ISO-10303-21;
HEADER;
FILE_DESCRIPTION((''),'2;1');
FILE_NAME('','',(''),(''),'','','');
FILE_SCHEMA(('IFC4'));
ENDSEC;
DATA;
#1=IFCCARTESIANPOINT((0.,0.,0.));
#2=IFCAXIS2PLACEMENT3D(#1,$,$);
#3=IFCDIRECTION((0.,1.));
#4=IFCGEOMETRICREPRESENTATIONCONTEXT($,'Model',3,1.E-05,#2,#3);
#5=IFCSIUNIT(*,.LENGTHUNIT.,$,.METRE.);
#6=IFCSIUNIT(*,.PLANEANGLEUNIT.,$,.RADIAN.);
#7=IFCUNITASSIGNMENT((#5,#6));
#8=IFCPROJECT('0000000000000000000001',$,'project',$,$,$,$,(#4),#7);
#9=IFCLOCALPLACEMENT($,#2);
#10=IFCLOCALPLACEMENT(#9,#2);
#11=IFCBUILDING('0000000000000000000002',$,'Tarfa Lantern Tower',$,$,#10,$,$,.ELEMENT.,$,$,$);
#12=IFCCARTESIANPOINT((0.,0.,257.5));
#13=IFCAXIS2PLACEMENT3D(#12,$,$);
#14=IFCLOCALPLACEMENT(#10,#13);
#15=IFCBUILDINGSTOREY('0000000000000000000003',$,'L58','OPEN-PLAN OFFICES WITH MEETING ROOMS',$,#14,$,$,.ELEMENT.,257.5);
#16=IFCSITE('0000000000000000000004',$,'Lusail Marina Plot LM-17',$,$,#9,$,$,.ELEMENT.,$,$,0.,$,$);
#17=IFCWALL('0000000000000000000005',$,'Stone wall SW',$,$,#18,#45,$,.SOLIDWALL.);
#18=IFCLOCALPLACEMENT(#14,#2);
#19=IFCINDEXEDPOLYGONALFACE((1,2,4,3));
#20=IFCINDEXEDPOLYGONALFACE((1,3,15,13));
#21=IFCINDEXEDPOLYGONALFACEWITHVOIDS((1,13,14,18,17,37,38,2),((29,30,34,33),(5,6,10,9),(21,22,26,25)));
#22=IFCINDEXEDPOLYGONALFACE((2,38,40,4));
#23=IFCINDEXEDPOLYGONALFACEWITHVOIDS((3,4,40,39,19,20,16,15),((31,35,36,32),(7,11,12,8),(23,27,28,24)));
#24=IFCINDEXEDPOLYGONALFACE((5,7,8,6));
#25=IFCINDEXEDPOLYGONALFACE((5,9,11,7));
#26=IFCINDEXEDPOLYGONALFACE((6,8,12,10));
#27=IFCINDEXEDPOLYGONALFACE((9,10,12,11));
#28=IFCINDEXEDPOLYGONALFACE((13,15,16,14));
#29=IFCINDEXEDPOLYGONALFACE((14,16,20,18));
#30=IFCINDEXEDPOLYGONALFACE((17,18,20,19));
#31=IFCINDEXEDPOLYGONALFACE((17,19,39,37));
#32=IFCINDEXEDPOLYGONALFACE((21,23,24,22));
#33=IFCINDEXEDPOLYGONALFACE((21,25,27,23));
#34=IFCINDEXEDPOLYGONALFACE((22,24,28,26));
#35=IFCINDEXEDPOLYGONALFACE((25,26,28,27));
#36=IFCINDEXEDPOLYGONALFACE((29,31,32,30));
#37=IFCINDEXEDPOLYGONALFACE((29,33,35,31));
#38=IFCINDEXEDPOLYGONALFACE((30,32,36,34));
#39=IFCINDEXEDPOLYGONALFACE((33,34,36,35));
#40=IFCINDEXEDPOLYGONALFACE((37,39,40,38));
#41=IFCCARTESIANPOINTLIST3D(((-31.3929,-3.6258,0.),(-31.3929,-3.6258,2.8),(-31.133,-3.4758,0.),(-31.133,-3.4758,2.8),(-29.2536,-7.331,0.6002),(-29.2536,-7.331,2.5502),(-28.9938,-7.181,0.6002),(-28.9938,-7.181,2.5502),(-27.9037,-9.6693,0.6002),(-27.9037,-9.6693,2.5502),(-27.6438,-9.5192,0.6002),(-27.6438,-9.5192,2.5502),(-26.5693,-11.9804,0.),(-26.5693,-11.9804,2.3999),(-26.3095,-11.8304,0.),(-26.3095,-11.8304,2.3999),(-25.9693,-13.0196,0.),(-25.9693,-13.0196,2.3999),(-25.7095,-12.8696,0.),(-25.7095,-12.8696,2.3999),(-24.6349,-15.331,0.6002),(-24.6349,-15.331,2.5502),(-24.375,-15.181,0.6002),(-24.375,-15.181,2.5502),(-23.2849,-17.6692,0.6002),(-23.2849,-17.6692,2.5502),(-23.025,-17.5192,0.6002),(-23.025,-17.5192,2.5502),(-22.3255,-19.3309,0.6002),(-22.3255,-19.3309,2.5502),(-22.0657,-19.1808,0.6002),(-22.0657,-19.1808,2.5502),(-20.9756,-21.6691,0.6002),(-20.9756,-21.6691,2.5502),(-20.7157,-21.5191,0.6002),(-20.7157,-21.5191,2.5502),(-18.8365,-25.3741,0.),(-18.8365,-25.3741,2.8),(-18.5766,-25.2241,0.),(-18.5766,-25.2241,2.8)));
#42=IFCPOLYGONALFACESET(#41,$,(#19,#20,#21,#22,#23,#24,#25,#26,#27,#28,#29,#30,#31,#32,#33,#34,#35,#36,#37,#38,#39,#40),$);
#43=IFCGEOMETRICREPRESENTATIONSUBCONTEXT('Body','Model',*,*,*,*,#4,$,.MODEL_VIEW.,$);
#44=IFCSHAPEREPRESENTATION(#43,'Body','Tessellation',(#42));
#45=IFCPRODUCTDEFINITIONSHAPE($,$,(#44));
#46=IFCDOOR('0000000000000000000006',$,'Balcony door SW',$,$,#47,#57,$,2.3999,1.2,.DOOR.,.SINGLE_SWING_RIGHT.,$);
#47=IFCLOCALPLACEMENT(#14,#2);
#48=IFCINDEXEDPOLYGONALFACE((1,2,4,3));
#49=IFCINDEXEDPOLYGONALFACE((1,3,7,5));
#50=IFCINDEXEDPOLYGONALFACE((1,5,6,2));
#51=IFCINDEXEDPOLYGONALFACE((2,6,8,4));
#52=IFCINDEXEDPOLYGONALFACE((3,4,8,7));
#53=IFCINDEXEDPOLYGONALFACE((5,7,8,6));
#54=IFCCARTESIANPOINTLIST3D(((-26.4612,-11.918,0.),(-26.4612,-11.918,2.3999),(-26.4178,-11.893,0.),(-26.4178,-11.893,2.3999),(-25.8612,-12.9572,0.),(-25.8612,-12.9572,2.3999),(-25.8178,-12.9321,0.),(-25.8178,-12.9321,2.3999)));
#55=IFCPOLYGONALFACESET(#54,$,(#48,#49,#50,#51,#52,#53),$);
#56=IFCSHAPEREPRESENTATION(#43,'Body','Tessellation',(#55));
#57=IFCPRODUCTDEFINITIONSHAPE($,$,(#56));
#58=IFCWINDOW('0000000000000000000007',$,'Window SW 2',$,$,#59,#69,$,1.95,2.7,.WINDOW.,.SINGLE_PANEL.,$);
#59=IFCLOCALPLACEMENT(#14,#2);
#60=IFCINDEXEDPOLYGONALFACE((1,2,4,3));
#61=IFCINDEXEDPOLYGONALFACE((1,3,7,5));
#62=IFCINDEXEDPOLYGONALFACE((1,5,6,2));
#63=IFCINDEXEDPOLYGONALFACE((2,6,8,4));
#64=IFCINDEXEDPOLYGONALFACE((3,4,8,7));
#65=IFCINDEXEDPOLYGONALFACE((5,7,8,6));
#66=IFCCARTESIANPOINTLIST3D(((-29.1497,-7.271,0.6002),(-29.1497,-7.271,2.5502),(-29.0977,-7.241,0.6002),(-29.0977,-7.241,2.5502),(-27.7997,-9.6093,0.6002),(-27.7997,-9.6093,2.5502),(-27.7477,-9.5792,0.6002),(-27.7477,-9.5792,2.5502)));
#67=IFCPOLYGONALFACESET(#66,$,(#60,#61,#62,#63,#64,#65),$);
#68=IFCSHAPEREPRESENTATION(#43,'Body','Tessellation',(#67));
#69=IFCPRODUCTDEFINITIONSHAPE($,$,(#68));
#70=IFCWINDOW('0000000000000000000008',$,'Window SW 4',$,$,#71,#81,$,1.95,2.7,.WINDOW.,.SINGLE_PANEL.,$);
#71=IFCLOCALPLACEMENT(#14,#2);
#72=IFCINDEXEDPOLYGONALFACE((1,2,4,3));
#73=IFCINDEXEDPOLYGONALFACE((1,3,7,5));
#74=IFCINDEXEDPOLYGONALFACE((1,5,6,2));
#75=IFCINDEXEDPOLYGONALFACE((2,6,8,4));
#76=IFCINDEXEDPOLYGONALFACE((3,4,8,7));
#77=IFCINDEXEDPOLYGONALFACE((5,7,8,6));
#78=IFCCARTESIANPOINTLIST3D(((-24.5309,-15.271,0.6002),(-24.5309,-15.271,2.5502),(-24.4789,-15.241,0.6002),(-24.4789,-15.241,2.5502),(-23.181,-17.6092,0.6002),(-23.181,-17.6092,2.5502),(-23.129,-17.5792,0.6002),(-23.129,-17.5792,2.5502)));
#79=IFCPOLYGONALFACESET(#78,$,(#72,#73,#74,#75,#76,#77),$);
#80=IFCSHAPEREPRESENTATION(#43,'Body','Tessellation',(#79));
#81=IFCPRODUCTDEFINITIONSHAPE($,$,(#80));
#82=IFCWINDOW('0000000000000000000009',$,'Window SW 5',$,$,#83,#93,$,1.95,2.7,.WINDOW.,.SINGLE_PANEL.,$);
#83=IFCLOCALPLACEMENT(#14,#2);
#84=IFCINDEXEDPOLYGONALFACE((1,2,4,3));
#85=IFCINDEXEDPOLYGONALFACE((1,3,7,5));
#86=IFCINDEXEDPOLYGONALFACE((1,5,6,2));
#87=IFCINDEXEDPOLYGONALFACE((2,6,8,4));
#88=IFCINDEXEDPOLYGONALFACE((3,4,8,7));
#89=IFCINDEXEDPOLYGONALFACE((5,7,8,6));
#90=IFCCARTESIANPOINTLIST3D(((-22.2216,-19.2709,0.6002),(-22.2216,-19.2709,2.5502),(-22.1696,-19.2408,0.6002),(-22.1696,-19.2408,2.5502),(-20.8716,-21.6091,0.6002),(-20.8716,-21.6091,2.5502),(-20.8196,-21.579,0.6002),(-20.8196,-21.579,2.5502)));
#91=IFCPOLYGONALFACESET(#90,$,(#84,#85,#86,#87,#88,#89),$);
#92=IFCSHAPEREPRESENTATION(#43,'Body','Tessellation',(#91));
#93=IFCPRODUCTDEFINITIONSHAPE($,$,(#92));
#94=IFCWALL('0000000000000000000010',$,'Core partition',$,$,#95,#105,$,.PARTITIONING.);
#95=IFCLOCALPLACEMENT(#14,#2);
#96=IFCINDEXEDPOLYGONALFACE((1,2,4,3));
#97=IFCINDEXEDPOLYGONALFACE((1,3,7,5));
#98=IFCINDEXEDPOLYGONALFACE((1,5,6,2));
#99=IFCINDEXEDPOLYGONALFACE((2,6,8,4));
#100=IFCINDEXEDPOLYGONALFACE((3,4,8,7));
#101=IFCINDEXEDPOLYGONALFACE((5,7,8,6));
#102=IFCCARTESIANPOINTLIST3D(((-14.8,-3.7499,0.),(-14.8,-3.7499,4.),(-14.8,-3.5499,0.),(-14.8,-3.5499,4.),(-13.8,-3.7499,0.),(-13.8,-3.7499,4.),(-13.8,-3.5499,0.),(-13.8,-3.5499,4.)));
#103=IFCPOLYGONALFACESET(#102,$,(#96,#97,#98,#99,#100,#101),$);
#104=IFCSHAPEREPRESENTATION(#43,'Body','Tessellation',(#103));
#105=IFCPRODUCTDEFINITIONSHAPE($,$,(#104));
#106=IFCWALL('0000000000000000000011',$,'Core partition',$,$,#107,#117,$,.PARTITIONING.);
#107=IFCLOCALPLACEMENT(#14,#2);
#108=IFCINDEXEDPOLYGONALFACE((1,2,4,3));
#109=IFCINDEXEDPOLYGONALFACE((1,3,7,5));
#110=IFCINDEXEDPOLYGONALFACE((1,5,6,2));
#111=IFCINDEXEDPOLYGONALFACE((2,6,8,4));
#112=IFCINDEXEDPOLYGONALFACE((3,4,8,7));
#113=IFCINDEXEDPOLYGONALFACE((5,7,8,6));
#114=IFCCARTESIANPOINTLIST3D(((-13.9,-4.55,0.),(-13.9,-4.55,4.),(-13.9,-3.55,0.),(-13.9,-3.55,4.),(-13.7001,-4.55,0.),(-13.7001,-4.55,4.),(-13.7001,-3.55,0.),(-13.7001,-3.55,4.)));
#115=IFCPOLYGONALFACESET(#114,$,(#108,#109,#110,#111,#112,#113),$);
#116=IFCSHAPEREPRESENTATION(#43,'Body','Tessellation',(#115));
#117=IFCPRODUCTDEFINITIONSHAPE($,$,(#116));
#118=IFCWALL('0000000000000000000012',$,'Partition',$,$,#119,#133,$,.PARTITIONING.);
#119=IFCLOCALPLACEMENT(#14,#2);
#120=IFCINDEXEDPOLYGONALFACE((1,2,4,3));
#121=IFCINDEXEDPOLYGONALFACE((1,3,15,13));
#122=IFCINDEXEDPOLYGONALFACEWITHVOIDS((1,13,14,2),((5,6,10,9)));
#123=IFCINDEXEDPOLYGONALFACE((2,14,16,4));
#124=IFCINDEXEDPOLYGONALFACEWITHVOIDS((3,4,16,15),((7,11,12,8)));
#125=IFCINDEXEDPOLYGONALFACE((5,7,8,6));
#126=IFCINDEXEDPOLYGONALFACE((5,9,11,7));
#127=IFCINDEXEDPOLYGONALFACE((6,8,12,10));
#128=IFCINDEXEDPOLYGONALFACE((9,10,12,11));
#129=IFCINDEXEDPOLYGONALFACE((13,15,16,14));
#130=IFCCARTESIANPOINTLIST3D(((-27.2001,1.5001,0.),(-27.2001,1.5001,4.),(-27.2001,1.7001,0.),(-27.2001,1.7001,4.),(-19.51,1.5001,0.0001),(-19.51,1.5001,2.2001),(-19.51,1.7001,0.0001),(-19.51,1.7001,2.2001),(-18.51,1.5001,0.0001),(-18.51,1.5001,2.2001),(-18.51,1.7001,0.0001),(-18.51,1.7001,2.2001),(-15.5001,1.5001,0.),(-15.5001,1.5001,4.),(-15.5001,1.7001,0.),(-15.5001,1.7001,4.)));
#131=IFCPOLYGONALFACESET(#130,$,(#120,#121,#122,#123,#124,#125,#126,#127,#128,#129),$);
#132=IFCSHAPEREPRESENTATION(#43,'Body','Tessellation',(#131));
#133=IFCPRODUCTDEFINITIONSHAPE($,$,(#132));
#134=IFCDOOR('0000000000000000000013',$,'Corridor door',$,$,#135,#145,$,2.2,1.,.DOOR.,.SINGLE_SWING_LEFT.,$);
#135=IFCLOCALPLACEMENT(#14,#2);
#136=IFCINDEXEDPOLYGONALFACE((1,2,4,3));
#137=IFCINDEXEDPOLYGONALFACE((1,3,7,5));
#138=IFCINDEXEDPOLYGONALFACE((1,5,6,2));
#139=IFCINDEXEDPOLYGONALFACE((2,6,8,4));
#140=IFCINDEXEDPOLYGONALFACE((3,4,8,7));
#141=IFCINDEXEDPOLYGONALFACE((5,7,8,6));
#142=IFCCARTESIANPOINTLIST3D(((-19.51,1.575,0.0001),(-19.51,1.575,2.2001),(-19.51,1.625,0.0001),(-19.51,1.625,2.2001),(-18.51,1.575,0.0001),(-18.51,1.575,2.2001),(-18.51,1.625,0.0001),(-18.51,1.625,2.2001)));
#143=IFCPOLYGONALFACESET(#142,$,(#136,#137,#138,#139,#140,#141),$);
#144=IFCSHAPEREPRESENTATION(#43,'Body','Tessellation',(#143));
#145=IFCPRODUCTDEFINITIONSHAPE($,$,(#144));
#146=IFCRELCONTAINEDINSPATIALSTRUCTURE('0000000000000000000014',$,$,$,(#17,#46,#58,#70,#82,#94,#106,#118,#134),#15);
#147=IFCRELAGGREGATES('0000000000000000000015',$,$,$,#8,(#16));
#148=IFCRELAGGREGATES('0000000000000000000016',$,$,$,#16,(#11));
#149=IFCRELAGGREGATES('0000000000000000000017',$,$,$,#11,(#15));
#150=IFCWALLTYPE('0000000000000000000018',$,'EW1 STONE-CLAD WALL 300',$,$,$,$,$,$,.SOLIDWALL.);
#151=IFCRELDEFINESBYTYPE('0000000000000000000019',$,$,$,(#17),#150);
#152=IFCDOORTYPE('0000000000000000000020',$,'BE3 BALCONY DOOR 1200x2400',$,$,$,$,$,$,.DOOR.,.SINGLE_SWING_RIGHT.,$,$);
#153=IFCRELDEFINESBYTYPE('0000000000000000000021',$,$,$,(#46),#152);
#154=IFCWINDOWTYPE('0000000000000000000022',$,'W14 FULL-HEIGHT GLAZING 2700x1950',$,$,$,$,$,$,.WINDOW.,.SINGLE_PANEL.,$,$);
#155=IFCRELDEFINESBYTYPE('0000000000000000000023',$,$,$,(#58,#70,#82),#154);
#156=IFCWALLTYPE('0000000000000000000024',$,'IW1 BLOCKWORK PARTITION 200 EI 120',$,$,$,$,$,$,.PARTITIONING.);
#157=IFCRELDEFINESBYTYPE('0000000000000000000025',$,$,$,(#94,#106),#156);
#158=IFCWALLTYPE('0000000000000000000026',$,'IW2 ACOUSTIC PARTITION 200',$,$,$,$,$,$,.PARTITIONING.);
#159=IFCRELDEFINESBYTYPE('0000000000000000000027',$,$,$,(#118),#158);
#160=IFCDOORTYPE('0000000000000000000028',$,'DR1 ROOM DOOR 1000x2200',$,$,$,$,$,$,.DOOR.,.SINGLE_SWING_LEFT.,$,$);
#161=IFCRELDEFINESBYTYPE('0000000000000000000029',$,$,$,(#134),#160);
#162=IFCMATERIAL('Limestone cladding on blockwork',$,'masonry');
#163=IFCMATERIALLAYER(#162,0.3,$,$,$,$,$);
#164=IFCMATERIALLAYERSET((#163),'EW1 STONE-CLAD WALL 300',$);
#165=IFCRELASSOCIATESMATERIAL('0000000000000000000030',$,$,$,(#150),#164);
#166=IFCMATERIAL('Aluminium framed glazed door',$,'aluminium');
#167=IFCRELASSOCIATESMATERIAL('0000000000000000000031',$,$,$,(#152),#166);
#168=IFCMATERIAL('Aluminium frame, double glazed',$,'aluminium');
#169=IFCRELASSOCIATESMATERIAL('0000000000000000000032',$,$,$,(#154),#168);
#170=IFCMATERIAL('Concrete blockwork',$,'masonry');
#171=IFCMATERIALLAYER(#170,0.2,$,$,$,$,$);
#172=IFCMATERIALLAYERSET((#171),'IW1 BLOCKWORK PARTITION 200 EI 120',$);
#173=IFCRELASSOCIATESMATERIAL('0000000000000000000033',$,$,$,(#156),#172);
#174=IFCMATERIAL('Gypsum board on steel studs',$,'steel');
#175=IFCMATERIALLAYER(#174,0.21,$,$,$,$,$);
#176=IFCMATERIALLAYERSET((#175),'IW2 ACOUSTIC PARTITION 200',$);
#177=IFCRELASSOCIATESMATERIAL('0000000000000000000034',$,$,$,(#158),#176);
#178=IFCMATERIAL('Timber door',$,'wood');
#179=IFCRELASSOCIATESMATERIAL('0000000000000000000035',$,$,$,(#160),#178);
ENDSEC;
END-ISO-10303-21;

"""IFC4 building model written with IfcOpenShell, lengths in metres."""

from ifc_helpers import new_model, si_unit, direction, frame, frame_2d, origin, place, context, subcontext, project, spatial, rectangle, extrude, material, layer, layer_set, type_object, element, fill, save


model = new_model("IFC4")

# Units and contexts
model_context = context("Model", 3, precision=1e-05, world=origin(), true_north=direction((0.0, 1.0)))
body_context = subcontext(model_context, "Body", "Model", "MODEL_VIEW")
ifc_project = project(units=[si_unit("LENGTHUNIT", "METRE"), si_unit("PLANEANGLEUNIT", "RADIAN")], contexts=[model_context])

# Site, building, storey
site_placement = place(None, origin())
site = spatial("IfcSite", under=ifc_project, at=site_placement, Name="Lusail Marina Plot LM-17", CompositionType="ELEMENT", RefElevation=0.0)
building_placement = place(site_placement, origin())
building = spatial("IfcBuilding", under=site, at=building_placement, Name="Tarfa Lantern Tower", CompositionType="ELEMENT")
storey_placement = place(building_placement, frame((0.0, 0.0, 257.5)))
storey = spatial("IfcBuildingStorey", under=building, at=storey_placement, Name="L58", Description="OPEN-PLAN OFFICES WITH MEETING ROOMS", CompositionType="ELEMENT", Elevation=257.5)

# Wall, openings, door, windows
ifc_material_1 = material(Name="Limestone cladding on blockwork", Category="masonry")
ifc_layer_1 = layer(ifc_material_1, 0.3)
ifc_layer_set_1 = layer_set([ifc_layer_1], Name="EW1 STONE-CLAD WALL 300")
wall_type_1 = type_object("IfcWallType", Name="EW1 STONE-CLAD WALL 300", PredefinedType="SOLIDWALL", material=ifc_layer_set_1)
wall_1_placement = place(storey_placement, frame((-31.2629, -3.5508, 0.0), z_axis=(0.0, 0.0, 1.0), x_axis=(0.5, -0.866025, 0.0)))
wall_1 = element("IfcWall", 1, at=wall_1_placement, inside=storey, type_object=wall_type_1, Name="Stone wall SW", PredefinedType="SOLIDWALL", context=body_context, shape_type="SweptSolid", body=[
    extrude(rectangle(XDim=25.1128, YDim=0.3, at=frame_2d((12.5564, 0.0))), origin(), (0.0, 0.0, 1.0), 2.8),
])
opening_1_placement = place(wall_1_placement, frame((4.2783, 0.0, 0.6001)))
opening_1 = element("IfcOpeningElement", 2, at=opening_1_placement, cuts=wall_1, PredefinedType="OPENING", context=body_context, shape_type="SweptSolid", body=[
    extrude(rectangle(XDim=2.7, YDim=1.95, at=frame_2d((1.3501, 0.9751))), frame((0.0, 0.1599, 0.0), z_axis=(0.0, -1.0, 0.0), x_axis=(1.0, 0.0, 0.0)), (0.0, 0.0, 1.0), 0.3201),
])
opening_2_placement = place(wall_1_placement, frame((9.647, 0.0, 0.0)))
opening_2 = element("IfcOpeningElement", 3, at=opening_2_placement, cuts=wall_1, PredefinedType="OPENING", context=body_context, shape_type="SweptSolid", body=[
    extrude(rectangle(XDim=1.2, YDim=2.3999, at=frame_2d((0.6001, 1.2))), frame((0.0, 0.1599, 0.0), z_axis=(0.0, -1.0, 0.0), x_axis=(1.0, 0.0, 0.0)), (0.0, 0.0, 1.0), 0.3201),
])
opening_3_placement = place(wall_1_placement, frame((13.5159, 0.0, 0.6001)))
opening_3 = element("IfcOpeningElement", 4, at=opening_3_placement, cuts=wall_1, PredefinedType="OPENING", context=body_context, shape_type="SweptSolid", body=[
    extrude(rectangle(XDim=2.7, YDim=1.95, at=frame_2d((1.3501, 0.9751))), frame((0.0, 0.1599, 0.0), z_axis=(0.0, -1.0, 0.0), x_axis=(1.0, 0.0, 0.0)), (0.0, 0.0, 1.0), 0.3201),
])
opening_4_placement = place(wall_1_placement, frame((18.1345, 0.0, 0.6001)))
opening_4 = element("IfcOpeningElement", 5, at=opening_4_placement, cuts=wall_1, PredefinedType="OPENING", context=body_context, shape_type="SweptSolid", body=[
    extrude(rectangle(XDim=2.7, YDim=1.95, at=frame_2d((1.3501, 0.9751))), frame((0.0, 0.1599, 0.0), z_axis=(0.0, -1.0, 0.0), x_axis=(1.0, 0.0, 0.0)), (0.0, 0.0, 1.0), 0.3201),
])
ifc_material_2 = material(Name="Aluminium framed glazed door", Category="aluminium")
door_type_1 = type_object("IfcDoorType", Name="BE3 BALCONY DOOR 1200x2400", OperationType="SINGLE_SWING_RIGHT", PredefinedType="DOOR", material=ifc_material_2)
door_1_placement = place(opening_2_placement, origin())
door_1 = element("IfcDoor", 6, at=door_1_placement, inside=storey, type_object=door_type_1, Name="Balcony door SW", OperationType="SINGLE_SWING_RIGHT", OverallHeight=2.3999, OverallWidth=1.2, PredefinedType="DOOR", context=body_context, shape_type="SweptSolid", body=[
    extrude(rectangle(XDim=1.2, YDim=2.3999, at=frame_2d((0.6001, 1.2))), frame((0.0, 0.0249, 0.0), z_axis=(0.0, -1.0, 0.0), x_axis=(1.0, 0.0, 0.0)), (0.0, 0.0, 1.0), 0.05),
])
fill(opening_2, door_1)
ifc_material_3 = material(Name="Aluminium frame, double glazed", Category="aluminium")
window_type = type_object("IfcWindowType", Name="W14 FULL-HEIGHT GLAZING 2700x1950", PartitioningType="SINGLE_PANEL", PredefinedType="WINDOW", material=ifc_material_3)
window_1_placement = place(opening_1_placement, origin())
window_1 = element("IfcWindow", 7, at=window_1_placement, inside=storey, type_object=window_type, Name="Window SW 2", OverallHeight=1.95, OverallWidth=2.7, PartitioningType="SINGLE_PANEL", PredefinedType="WINDOW", context=body_context, shape_type="SweptSolid", body=[
    extrude(rectangle(XDim=2.7, YDim=1.95, at=frame_2d((1.3501, 0.9751))), frame((0.0, 0.03, 0.0), z_axis=(0.0, -1.0, 0.0), x_axis=(1.0, 0.0, 0.0)), (0.0, 0.0, 1.0), 0.0601),
])
fill(opening_1, window_1)
window_2_placement = place(opening_3_placement, origin())
window_2 = element("IfcWindow", 8, at=window_2_placement, inside=storey, type_object=window_type, Name="Window SW 4", OverallHeight=1.95, OverallWidth=2.7, PartitioningType="SINGLE_PANEL", PredefinedType="WINDOW", context=body_context, shape_type="SweptSolid", body=[
    extrude(rectangle(XDim=2.7, YDim=1.95, at=frame_2d((1.3501, 0.9751))), frame((0.0, 0.03, 0.0), z_axis=(0.0, -1.0, 0.0), x_axis=(1.0, 0.0, 0.0)), (0.0, 0.0, 1.0), 0.0601),
])
fill(opening_3, window_2)
window_3_placement = place(opening_4_placement, origin())
window_3 = element("IfcWindow", 9, at=window_3_placement, inside=storey, type_object=window_type, Name="Window SW 5", OverallHeight=1.95, OverallWidth=2.7, PartitioningType="SINGLE_PANEL", PredefinedType="WINDOW", context=body_context, shape_type="SweptSolid", body=[
    extrude(rectangle(XDim=2.7, YDim=1.95, at=frame_2d((1.3501, 0.9751))), frame((0.0, 0.03, 0.0), z_axis=(0.0, -1.0, 0.0), x_axis=(1.0, 0.0, 0.0)), (0.0, 0.0, 1.0), 0.0601),
])
fill(opening_4, window_3)

# Walls
ifc_material_4 = material(Name="Concrete blockwork", Category="masonry")
ifc_layer_2 = layer(ifc_material_4, 0.2)
ifc_layer_set_2 = layer_set([ifc_layer_2], Name="IW1 BLOCKWORK PARTITION 200 EI 120")
wall_type_2 = type_object("IfcWallType", Name="IW1 BLOCKWORK PARTITION 200 EI 120", PredefinedType="PARTITIONING", material=ifc_layer_set_2)
for number, where, z_axis, x_axis, name in (
    (10, (-13.8, -3.6499, 0.0), (0.0, 0.0, 1.0), (-1.0, 0.0, 0.0), "Core partition"),
    (11, (-13.8, -3.55, 0.0), (0.0, 0.0, 1.0), (0.0, -1.0, 0.0), "Core partition"),
):
    element("IfcWall", number, at=place(storey_placement, frame(where, z_axis=z_axis, x_axis=x_axis)), inside=storey, type_object=wall_type_2, Name=name, PredefinedType="PARTITIONING", context=body_context, shape_type="SweptSolid", body=[
        extrude(rectangle(XDim=1.0, YDim=0.2, at=frame_2d((0.5, 0.0))), origin(), (0.0, 0.0, 1.0), 4.0),
    ])

# Wall, opening, door
ifc_material_5 = material(Name="Gypsum board on steel studs", Category="steel")
ifc_layer_3 = layer(ifc_material_5, 0.21)
ifc_layer_set_3 = layer_set([ifc_layer_3], Name="IW2 ACOUSTIC PARTITION 200")
wall_type_3 = type_object("IfcWallType", Name="IW2 ACOUSTIC PARTITION 200", PredefinedType="PARTITIONING", material=ifc_layer_set_3)
wall_2_placement = place(storey_placement, frame((-15.5, 1.6001, 0.0), z_axis=(0.0, 0.0, 1.0), x_axis=(-1.0, 0.0, 0.0)))
wall_2 = element("IfcWall", 12, at=wall_2_placement, inside=storey, type_object=wall_type_3, Name="Partition", PredefinedType="PARTITIONING", context=body_context, shape_type="SweptSolid", body=[
    extrude(rectangle(XDim=11.7, YDim=0.2, at=frame_2d((5.8501, 0.0))), origin(), (0.0, 0.0, 1.0), 4.0),
])
opening_5_placement = place(wall_2_placement, frame((3.01, 0.0, 0.0)))
opening_5 = element("IfcOpeningElement", 13, at=opening_5_placement, cuts=wall_2, PredefinedType="OPENING", context=body_context, shape_type="SweptSolid", body=[
    extrude(rectangle(XDim=1.0, YDim=2.2, at=frame_2d((0.5, 1.1001))), frame((0.0, 0.1099, 0.0), z_axis=(0.0, -1.0, 0.0), x_axis=(1.0, 0.0, 0.0)), (0.0, 0.0, 1.0), 0.22),
])
ifc_material_6 = material(Name="Timber door", Category="wood")
door_type_2 = type_object("IfcDoorType", Name="DR1 ROOM DOOR 1000x2200", OperationType="SINGLE_SWING_LEFT", PredefinedType="DOOR", material=ifc_material_6)
door_2_placement = place(opening_5_placement, frame((1.0, 0.0, 0.0), z_axis=(0.0, 0.0, 1.0), x_axis=(-1.0, 0.0, 0.0)))
door_2 = element("IfcDoor", 14, at=door_2_placement, inside=storey, type_object=door_type_2, Name="Corridor door", OperationType="SINGLE_SWING_LEFT", OverallHeight=2.2, OverallWidth=1.0, PredefinedType="DOOR", context=body_context, shape_type="SweptSolid", body=[
    extrude(rectangle(XDim=1.0, YDim=2.2, at=frame_2d((0.5, 1.1001))), frame((0.0, 0.0249, 0.0), z_axis=(0.0, -1.0, 0.0), x_axis=(1.0, 0.0, 0.0)), (0.0, 0.0, 1.0), 0.05),
])
fill(opening_5, door_2)

save(model, "model.ifc")
